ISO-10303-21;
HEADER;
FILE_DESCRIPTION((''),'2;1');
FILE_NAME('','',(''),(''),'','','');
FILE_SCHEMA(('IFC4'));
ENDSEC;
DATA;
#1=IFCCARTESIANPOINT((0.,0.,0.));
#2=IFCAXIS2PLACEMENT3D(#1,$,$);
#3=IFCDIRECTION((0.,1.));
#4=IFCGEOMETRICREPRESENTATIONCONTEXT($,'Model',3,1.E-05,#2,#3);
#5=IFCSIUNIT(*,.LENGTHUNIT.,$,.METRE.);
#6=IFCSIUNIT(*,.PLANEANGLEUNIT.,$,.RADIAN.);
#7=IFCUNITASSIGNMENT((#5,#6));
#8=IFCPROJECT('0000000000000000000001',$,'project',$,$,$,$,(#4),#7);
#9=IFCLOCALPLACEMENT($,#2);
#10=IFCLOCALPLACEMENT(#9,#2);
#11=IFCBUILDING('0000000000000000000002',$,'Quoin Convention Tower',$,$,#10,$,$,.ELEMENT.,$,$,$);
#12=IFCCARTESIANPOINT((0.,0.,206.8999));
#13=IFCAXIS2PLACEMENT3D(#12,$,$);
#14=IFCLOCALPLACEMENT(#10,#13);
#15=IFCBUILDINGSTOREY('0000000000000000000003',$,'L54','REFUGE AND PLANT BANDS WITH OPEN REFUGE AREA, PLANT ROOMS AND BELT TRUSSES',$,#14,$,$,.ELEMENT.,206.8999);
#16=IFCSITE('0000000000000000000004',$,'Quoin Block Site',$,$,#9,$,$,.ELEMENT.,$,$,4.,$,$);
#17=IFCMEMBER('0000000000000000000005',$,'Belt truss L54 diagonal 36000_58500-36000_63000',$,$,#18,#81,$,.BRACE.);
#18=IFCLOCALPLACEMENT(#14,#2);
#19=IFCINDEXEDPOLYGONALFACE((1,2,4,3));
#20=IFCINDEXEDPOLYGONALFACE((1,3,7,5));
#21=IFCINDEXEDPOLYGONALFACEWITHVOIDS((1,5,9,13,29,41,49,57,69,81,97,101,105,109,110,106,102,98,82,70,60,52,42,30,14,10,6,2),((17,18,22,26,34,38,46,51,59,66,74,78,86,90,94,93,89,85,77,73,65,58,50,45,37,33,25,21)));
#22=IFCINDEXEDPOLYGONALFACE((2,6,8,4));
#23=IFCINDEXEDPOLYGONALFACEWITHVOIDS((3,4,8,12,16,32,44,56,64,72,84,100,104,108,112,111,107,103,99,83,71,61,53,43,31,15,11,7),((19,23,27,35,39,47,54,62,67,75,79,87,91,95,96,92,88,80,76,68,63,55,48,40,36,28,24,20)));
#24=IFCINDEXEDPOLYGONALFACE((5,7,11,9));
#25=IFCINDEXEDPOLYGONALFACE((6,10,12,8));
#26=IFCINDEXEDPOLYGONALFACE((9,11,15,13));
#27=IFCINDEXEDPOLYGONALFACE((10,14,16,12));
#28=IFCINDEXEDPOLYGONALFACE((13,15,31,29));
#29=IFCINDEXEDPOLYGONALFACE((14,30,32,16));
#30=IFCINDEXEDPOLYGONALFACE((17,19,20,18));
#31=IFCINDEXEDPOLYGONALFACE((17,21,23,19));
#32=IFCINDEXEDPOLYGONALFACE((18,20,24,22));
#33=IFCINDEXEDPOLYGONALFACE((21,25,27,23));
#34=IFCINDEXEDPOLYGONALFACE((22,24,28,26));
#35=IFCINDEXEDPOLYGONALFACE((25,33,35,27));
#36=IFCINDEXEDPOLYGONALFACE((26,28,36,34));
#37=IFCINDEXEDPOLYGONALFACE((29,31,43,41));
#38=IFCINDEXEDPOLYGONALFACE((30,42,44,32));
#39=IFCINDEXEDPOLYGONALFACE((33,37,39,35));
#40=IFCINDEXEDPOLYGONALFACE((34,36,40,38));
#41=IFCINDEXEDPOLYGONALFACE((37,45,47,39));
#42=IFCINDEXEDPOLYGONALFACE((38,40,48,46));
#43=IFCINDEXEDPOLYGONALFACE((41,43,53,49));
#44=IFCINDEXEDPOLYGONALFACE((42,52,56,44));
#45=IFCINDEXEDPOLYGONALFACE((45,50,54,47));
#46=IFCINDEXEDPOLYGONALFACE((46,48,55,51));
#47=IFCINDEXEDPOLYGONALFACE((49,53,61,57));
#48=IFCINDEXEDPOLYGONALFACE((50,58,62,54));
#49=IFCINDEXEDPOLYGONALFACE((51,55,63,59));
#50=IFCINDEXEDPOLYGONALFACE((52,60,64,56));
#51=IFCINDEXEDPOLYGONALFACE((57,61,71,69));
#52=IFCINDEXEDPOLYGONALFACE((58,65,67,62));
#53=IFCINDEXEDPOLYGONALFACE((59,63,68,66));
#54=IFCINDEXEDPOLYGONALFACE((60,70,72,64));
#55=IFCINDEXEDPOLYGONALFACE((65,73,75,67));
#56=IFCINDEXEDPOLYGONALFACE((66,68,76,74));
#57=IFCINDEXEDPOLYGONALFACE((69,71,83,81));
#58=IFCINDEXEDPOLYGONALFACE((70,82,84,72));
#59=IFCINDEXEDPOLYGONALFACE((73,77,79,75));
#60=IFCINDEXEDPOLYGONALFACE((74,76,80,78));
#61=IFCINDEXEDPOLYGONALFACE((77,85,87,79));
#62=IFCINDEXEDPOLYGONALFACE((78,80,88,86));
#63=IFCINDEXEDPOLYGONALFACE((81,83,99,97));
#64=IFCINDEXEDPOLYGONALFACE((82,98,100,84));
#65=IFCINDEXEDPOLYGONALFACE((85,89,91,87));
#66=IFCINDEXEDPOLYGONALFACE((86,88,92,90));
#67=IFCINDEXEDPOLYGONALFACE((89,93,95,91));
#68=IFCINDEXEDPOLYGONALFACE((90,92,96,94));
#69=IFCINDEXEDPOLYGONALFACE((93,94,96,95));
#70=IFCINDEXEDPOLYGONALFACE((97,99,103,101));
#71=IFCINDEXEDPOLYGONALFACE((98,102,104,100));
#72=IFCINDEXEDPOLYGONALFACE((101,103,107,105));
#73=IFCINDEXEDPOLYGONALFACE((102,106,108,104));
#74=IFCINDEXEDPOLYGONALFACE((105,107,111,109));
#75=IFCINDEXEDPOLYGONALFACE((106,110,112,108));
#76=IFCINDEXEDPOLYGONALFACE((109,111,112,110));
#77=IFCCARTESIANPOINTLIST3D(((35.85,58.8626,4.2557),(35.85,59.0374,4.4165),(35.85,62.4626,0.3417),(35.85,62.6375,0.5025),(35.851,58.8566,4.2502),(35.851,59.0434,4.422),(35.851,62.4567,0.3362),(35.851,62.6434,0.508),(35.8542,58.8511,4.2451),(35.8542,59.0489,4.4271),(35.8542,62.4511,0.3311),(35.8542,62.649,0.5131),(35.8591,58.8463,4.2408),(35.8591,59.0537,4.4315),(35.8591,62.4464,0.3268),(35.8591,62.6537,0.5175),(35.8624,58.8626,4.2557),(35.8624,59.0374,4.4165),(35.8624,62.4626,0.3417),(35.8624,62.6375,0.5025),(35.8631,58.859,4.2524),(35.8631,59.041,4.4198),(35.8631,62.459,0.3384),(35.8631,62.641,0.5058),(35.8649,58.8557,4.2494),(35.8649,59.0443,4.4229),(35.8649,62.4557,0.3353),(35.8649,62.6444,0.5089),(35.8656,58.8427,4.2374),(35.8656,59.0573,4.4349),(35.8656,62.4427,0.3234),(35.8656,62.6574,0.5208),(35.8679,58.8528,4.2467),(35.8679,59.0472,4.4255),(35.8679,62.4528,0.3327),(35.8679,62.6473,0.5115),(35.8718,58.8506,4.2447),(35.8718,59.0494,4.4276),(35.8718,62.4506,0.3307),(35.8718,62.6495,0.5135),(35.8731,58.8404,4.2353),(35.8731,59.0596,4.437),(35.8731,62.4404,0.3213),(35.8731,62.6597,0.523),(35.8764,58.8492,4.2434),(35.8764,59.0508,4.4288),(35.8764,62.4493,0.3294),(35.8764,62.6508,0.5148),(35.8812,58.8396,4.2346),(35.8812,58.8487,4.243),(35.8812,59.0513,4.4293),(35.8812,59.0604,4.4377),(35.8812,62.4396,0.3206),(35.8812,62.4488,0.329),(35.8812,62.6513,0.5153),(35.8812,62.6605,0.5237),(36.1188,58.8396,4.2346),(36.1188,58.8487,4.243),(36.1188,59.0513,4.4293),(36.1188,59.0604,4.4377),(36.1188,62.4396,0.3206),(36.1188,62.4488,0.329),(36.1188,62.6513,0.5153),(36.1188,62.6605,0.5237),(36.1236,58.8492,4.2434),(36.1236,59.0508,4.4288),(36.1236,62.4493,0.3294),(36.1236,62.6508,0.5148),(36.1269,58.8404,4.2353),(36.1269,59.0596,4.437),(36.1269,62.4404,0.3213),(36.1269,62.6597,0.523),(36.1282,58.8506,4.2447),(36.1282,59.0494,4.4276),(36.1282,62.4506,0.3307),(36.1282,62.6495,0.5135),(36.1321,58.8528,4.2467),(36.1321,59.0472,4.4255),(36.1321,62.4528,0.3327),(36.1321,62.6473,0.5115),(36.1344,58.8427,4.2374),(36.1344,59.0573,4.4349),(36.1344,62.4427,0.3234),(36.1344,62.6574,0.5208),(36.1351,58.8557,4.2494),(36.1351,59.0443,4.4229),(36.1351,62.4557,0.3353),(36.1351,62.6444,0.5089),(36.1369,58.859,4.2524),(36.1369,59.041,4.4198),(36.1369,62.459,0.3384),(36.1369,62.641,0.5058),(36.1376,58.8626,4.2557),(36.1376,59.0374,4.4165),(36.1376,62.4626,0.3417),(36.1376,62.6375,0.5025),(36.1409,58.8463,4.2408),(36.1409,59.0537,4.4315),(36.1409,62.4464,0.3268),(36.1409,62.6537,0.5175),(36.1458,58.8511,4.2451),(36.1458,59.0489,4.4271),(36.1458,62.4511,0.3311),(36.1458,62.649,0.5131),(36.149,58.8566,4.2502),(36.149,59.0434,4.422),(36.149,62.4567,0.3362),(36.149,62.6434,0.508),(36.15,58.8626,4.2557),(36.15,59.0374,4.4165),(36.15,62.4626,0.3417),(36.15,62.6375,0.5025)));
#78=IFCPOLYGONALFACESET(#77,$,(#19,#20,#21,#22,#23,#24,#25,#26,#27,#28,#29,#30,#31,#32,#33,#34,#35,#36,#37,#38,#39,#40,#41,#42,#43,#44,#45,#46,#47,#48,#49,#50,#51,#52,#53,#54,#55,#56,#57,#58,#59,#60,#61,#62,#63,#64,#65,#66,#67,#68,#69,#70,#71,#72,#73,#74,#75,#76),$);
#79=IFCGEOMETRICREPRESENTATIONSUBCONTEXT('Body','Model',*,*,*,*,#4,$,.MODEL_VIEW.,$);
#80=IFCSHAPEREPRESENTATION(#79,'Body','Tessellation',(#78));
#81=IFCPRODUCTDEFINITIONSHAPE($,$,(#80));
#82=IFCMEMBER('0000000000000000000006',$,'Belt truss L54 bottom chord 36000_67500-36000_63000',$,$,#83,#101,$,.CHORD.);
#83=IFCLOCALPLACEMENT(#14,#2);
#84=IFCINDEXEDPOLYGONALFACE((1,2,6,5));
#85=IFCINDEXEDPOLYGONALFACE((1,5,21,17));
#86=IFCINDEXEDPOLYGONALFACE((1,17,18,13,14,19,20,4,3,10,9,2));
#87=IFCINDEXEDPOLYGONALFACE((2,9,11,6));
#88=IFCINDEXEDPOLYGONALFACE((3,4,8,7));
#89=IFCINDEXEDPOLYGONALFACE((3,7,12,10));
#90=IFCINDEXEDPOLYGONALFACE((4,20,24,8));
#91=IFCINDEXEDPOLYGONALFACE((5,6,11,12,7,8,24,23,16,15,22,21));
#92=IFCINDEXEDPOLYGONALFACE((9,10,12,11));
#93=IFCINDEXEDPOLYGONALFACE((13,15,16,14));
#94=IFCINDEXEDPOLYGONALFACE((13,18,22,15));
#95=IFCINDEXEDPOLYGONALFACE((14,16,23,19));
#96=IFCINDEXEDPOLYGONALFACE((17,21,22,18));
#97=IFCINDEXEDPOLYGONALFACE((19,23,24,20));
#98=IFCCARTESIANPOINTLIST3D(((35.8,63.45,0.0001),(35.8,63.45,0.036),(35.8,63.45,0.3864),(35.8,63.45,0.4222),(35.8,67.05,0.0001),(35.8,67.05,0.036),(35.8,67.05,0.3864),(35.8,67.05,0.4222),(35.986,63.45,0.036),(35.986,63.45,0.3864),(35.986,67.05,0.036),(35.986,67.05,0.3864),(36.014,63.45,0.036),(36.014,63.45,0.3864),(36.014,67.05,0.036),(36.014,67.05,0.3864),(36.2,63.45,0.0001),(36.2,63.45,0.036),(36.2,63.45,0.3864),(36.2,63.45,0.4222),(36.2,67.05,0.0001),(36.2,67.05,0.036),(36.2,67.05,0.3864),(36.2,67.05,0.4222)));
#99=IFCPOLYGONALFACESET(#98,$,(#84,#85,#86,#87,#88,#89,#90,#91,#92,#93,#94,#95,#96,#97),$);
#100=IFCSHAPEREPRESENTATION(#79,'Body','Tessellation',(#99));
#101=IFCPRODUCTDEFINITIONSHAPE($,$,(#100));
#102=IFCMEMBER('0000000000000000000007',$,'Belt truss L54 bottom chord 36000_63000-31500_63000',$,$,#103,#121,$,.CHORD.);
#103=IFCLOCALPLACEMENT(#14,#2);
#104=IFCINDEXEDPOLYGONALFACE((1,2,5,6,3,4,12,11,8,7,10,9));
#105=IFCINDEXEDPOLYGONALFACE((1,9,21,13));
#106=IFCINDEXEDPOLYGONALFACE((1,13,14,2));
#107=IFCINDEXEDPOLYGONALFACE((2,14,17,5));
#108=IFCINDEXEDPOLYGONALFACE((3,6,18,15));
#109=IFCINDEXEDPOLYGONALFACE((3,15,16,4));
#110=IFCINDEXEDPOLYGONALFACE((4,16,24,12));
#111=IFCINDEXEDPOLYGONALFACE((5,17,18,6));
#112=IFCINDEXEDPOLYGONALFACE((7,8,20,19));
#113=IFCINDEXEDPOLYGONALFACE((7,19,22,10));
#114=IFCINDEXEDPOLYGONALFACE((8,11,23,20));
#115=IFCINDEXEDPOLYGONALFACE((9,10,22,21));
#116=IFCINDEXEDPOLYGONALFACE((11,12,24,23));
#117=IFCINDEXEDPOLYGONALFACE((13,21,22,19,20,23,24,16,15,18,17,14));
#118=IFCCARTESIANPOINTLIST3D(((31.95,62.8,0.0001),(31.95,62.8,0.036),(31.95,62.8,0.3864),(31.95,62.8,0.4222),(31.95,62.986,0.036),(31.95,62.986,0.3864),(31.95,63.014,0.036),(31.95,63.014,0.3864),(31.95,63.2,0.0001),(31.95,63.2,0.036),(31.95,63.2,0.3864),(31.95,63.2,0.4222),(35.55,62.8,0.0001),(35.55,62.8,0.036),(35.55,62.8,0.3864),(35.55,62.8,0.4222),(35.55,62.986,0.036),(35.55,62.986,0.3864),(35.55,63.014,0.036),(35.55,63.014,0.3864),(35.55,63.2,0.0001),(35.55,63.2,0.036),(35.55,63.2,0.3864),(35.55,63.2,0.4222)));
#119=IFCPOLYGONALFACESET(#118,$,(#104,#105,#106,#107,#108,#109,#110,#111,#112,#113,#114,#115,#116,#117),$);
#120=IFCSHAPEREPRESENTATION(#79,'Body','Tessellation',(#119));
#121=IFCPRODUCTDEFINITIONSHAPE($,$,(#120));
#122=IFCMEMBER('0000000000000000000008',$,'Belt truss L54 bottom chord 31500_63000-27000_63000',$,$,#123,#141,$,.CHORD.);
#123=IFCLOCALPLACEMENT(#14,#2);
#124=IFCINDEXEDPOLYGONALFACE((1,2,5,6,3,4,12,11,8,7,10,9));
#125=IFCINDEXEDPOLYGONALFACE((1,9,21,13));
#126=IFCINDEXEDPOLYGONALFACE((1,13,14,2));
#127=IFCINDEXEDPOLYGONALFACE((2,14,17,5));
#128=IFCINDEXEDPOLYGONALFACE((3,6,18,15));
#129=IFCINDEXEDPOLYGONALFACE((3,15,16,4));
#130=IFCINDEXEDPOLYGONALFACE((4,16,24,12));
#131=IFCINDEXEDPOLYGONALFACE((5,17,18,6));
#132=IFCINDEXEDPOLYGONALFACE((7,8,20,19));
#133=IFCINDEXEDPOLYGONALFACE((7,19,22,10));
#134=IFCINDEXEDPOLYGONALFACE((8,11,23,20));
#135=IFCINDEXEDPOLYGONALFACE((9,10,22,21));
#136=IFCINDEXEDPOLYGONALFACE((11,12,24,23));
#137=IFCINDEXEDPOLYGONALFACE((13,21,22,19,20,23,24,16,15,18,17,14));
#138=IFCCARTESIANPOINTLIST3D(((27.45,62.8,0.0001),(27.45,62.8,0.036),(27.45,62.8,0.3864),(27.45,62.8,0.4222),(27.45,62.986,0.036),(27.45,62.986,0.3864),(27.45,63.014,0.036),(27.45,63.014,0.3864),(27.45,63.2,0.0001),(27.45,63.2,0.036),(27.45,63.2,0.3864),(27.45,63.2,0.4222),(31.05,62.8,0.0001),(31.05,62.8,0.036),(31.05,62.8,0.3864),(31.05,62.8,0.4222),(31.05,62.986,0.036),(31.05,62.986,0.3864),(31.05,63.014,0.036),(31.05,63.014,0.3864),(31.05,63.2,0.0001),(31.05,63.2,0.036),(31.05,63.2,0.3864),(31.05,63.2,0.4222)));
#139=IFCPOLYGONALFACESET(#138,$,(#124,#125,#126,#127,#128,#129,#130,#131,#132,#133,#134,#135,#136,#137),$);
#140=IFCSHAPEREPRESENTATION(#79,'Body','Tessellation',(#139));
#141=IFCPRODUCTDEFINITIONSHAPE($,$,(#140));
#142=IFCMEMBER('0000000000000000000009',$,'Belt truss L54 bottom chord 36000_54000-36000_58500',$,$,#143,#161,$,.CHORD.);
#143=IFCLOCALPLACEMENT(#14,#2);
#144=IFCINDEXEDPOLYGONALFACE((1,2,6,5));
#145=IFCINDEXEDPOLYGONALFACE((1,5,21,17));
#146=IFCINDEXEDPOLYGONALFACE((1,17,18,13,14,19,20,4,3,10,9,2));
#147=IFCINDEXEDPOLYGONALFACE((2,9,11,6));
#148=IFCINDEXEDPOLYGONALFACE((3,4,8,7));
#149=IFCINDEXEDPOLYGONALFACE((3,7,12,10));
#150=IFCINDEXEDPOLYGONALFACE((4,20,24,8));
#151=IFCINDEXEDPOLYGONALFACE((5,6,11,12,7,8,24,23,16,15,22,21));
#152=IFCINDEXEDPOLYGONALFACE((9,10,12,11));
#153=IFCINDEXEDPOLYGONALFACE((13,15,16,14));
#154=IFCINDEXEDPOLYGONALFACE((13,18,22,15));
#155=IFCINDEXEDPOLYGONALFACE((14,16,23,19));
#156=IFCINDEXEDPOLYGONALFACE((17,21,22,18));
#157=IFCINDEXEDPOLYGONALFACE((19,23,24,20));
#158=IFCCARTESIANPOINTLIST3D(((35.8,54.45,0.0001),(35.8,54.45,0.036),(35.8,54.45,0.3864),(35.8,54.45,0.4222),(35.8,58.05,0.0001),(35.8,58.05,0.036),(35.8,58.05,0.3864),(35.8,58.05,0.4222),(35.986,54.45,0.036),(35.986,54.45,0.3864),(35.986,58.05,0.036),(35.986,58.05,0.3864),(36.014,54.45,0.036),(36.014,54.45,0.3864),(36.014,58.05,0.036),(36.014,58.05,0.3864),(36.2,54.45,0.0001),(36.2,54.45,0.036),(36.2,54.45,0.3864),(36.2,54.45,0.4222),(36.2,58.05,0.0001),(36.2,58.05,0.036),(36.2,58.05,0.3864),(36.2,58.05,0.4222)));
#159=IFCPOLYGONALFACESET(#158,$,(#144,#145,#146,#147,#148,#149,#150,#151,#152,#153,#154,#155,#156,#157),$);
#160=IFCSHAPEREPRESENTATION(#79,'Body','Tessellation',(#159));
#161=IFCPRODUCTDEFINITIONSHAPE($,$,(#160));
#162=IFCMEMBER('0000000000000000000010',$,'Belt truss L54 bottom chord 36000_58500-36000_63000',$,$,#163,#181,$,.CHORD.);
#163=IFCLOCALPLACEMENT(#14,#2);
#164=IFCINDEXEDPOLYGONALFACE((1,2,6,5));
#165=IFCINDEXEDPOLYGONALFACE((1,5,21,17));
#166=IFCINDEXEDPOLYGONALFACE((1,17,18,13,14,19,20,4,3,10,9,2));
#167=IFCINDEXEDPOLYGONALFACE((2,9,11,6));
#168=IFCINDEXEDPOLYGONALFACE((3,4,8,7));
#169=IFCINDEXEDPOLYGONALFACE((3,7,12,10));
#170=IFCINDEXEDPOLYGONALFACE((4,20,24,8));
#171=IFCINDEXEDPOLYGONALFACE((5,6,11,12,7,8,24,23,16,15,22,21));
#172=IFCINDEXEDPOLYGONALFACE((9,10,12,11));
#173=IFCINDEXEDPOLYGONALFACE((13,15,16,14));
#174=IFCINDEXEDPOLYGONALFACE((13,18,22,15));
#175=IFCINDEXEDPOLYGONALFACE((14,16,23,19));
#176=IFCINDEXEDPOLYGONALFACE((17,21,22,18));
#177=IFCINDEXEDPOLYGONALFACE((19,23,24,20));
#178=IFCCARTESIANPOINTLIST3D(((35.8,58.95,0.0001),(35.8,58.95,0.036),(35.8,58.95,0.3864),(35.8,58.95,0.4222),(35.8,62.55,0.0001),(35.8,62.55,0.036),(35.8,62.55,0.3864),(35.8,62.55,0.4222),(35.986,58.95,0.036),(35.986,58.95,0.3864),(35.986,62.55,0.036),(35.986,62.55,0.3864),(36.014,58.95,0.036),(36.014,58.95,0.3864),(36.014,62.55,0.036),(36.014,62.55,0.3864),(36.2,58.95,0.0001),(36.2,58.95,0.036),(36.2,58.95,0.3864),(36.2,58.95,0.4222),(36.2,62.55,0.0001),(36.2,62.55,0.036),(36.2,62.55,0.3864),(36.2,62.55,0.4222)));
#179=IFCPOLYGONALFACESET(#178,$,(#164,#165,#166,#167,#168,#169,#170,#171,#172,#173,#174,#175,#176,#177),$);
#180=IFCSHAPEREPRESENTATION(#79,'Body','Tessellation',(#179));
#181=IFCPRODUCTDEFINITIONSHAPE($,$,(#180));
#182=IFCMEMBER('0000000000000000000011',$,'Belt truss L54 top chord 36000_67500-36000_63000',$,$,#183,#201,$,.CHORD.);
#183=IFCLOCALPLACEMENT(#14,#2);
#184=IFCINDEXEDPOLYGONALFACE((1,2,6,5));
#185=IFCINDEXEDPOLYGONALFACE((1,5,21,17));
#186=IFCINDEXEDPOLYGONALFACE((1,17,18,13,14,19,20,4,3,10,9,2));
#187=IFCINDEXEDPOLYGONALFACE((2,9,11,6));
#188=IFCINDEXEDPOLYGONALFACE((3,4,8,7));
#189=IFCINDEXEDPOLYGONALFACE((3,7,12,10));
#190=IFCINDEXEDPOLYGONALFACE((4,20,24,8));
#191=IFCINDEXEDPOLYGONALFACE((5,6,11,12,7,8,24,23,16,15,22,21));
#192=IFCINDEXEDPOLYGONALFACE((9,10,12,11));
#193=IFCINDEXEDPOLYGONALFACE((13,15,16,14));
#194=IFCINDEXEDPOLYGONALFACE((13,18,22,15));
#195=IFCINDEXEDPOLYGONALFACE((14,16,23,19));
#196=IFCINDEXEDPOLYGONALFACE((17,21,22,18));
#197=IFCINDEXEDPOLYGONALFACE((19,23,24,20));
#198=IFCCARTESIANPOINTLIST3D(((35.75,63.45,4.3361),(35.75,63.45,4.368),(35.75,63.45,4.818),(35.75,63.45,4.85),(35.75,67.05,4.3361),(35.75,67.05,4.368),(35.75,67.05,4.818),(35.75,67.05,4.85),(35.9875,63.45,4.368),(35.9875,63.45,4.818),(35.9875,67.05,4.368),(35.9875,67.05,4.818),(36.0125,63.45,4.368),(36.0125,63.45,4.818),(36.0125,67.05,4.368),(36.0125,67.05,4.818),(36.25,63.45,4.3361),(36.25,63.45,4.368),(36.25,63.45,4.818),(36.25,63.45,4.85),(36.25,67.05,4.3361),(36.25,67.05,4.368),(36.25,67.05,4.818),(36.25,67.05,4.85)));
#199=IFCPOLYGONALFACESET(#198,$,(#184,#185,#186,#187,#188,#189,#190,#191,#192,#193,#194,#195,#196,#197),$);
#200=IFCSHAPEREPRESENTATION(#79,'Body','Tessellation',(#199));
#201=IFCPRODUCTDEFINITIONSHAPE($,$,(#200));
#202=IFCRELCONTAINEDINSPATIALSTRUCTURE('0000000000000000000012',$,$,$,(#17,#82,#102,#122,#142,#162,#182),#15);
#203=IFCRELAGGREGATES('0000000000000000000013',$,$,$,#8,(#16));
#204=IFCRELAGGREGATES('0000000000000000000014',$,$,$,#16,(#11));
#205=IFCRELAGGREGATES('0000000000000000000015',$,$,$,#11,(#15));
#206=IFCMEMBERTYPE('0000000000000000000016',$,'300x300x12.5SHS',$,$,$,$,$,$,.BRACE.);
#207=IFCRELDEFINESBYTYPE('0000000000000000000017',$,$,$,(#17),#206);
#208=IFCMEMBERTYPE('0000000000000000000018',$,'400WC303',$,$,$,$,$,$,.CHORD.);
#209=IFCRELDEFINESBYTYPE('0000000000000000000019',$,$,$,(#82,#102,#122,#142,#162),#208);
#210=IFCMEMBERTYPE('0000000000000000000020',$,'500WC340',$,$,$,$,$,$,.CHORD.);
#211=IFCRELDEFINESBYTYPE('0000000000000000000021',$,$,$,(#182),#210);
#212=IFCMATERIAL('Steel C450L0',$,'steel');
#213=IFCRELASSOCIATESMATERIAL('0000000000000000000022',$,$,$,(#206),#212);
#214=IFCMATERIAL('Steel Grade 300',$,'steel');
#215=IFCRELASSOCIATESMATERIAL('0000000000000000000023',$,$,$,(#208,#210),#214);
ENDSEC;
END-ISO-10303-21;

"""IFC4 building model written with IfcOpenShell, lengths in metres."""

from ifc_helpers import new_model, si_unit, direction, frame, origin, origin_2d, place, context, subcontext, project, spatial, hollow_rectangle, i_section, extrude, material, material_profile, profile_set, type_object, element, save


model = new_model("IFC4")

# Units and contexts
model_context = context("Model", 3, precision=1e-05, world=origin(), true_north=direction((0.0, 1.0)))
body_context = subcontext(model_context, "Body", "Model", "MODEL_VIEW")
ifc_project = project(units=[si_unit("LENGTHUNIT", "METRE"), si_unit("PLANEANGLEUNIT", "RADIAN")], contexts=[model_context])

# Site, building, storey
site_placement = place(None, origin())
site = spatial("IfcSite", under=ifc_project, at=site_placement, Name="Quoin Block Site", CompositionType="ELEMENT", RefElevation=4.0)
building_placement = place(site_placement, origin())
building = spatial("IfcBuilding", under=site, at=building_placement, Name="Quoin Convention Tower", CompositionType="ELEMENT")
storey_placement = place(building_placement, frame((0.0, 0.0, 206.8999)))
storey = spatial("IfcBuildingStorey", under=building, at=storey_placement, Name="L54", Description="REFUGE AND PLANT BANDS WITH OPEN REFUGE AREA, PLANT ROOMS AND BELT TRUSSES", CompositionType="ELEMENT", Elevation=206.8999)

# Members
ifc_material_1 = material(Name="Steel C450L0", Category="steel")
ifc_material_profile_1 = material_profile(ifc_material_1, hollow_rectangle(XDim=0.3, YDim=0.3, WallThickness=0.0125, InnerFilletRadius=0.0188, OuterFilletRadius=0.0312, at=origin_2d()), Name="300x300x12.5SHS")
ifc_profile_set_1 = profile_set([ifc_material_profile_1], Name="Steel C450L0")
member_type_1 = type_object("IfcMemberType", Name="300x300x12.5SHS", PredefinedType="BRACE", material=ifc_profile_set_1)
for number, where, z_axis, x_axis, name in (
    (1, (36.0, 62.55, 0.4221), (0.0, -0.676971, 0.73601), (1.0, 0.0, 0.0), "Belt truss L54 diagonal 36000_58500-36000_63000"),
):
    element("IfcMember", number, at=place(storey_placement, frame(where, z_axis=z_axis, x_axis=x_axis)), inside=storey, type_object=member_type_1, Name=name, PredefinedType="BRACE", context=body_context, shape_type="SweptSolid", body=[
        extrude(hollow_rectangle(XDim=0.3, YDim=0.3, WallThickness=0.0125, InnerFilletRadius=0.0188, OuterFilletRadius=0.0312, at=origin_2d()), origin(), (0.0, 0.0, 1.0), 5.3179),
    ])
ifc_material_2 = material(Name="Steel Grade 300", Category="steel")
ifc_material_profile_2 = material_profile(ifc_material_2, i_section(OverallWidth=0.3999, OverallDepth=0.4221, WebThickness=0.0281, FlangeThickness=0.0359, at=origin_2d()), Name="400WC303")
ifc_profile_set_2 = profile_set([ifc_material_profile_2], Name="Steel Grade 300")
member_type_2 = type_object("IfcMemberType", Name="400WC303", PredefinedType="CHORD", material=ifc_profile_set_2)
for number, where, z_axis, x_axis, name in (
    (2, (36.0, 67.05, 0.2112), (0.0, -1.0, 0.0), (1.0, 0.0, 0.0), "Belt truss L54 bottom chord 36000_67500-36000_63000"),
    (3, (35.55, 63.0, 0.2112), (-1.0, 0.0, 0.0), (0.0, -1.0, 0.0), "Belt truss L54 bottom chord 36000_63000-31500_63000"),
    (4, (31.05, 63.0, 0.2112), (-1.0, 0.0, 0.0), (0.0, -1.0, 0.0), "Belt truss L54 bottom chord 31500_63000-27000_63000"),
    (5, (36.0, 54.45, 0.2112), (0.0, 1.0, 0.0), (-1.0, 0.0, 0.0), "Belt truss L54 bottom chord 36000_54000-36000_58500"),
    (6, (36.0, 58.95, 0.2112), (0.0, 1.0, 0.0), (-1.0, 0.0, 0.0), "Belt truss L54 bottom chord 36000_58500-36000_63000"),
):
    element("IfcMember", number, at=place(storey_placement, frame(where, z_axis=z_axis, x_axis=x_axis)), inside=storey, type_object=member_type_2, Name=name, PredefinedType="CHORD", context=body_context, shape_type="SweptSolid", body=[
        extrude(i_section(OverallWidth=0.3999, OverallDepth=0.4221, WebThickness=0.0281, FlangeThickness=0.0359, at=origin_2d()), origin(), (0.0, 0.0, 1.0), 3.6001),
    ])
ifc_material_profile_3 = material_profile(ifc_material_2, i_section(OverallWidth=0.5, OverallDepth=0.5139, WebThickness=0.0249, FlangeThickness=0.032, at=origin_2d()), Name="500WC340")
ifc_profile_set_3 = profile_set([ifc_material_profile_3], Name="Steel Grade 300")
member_type_3 = type_object("IfcMemberType", Name="500WC340", PredefinedType="CHORD", material=ifc_profile_set_3)
for number, where, z_axis, x_axis, name in (
    (7, (36.0, 67.05, 4.593), (0.0, -1.0, 0.0), (1.0, 0.0, 0.0), "Belt truss L54 top chord 36000_67500-36000_63000"),
):
    element("IfcMember", number, at=place(storey_placement, frame(where, z_axis=z_axis, x_axis=x_axis)), inside=storey, type_object=member_type_3, Name=name, PredefinedType="CHORD", context=body_context, shape_type="SweptSolid", body=[
        extrude(i_section(OverallWidth=0.5, OverallDepth=0.5139, WebThickness=0.0249, FlangeThickness=0.032, at=origin_2d()), origin(), (0.0, 0.0, 1.0), 3.6001),
    ])

save(model, "model.ifc")
